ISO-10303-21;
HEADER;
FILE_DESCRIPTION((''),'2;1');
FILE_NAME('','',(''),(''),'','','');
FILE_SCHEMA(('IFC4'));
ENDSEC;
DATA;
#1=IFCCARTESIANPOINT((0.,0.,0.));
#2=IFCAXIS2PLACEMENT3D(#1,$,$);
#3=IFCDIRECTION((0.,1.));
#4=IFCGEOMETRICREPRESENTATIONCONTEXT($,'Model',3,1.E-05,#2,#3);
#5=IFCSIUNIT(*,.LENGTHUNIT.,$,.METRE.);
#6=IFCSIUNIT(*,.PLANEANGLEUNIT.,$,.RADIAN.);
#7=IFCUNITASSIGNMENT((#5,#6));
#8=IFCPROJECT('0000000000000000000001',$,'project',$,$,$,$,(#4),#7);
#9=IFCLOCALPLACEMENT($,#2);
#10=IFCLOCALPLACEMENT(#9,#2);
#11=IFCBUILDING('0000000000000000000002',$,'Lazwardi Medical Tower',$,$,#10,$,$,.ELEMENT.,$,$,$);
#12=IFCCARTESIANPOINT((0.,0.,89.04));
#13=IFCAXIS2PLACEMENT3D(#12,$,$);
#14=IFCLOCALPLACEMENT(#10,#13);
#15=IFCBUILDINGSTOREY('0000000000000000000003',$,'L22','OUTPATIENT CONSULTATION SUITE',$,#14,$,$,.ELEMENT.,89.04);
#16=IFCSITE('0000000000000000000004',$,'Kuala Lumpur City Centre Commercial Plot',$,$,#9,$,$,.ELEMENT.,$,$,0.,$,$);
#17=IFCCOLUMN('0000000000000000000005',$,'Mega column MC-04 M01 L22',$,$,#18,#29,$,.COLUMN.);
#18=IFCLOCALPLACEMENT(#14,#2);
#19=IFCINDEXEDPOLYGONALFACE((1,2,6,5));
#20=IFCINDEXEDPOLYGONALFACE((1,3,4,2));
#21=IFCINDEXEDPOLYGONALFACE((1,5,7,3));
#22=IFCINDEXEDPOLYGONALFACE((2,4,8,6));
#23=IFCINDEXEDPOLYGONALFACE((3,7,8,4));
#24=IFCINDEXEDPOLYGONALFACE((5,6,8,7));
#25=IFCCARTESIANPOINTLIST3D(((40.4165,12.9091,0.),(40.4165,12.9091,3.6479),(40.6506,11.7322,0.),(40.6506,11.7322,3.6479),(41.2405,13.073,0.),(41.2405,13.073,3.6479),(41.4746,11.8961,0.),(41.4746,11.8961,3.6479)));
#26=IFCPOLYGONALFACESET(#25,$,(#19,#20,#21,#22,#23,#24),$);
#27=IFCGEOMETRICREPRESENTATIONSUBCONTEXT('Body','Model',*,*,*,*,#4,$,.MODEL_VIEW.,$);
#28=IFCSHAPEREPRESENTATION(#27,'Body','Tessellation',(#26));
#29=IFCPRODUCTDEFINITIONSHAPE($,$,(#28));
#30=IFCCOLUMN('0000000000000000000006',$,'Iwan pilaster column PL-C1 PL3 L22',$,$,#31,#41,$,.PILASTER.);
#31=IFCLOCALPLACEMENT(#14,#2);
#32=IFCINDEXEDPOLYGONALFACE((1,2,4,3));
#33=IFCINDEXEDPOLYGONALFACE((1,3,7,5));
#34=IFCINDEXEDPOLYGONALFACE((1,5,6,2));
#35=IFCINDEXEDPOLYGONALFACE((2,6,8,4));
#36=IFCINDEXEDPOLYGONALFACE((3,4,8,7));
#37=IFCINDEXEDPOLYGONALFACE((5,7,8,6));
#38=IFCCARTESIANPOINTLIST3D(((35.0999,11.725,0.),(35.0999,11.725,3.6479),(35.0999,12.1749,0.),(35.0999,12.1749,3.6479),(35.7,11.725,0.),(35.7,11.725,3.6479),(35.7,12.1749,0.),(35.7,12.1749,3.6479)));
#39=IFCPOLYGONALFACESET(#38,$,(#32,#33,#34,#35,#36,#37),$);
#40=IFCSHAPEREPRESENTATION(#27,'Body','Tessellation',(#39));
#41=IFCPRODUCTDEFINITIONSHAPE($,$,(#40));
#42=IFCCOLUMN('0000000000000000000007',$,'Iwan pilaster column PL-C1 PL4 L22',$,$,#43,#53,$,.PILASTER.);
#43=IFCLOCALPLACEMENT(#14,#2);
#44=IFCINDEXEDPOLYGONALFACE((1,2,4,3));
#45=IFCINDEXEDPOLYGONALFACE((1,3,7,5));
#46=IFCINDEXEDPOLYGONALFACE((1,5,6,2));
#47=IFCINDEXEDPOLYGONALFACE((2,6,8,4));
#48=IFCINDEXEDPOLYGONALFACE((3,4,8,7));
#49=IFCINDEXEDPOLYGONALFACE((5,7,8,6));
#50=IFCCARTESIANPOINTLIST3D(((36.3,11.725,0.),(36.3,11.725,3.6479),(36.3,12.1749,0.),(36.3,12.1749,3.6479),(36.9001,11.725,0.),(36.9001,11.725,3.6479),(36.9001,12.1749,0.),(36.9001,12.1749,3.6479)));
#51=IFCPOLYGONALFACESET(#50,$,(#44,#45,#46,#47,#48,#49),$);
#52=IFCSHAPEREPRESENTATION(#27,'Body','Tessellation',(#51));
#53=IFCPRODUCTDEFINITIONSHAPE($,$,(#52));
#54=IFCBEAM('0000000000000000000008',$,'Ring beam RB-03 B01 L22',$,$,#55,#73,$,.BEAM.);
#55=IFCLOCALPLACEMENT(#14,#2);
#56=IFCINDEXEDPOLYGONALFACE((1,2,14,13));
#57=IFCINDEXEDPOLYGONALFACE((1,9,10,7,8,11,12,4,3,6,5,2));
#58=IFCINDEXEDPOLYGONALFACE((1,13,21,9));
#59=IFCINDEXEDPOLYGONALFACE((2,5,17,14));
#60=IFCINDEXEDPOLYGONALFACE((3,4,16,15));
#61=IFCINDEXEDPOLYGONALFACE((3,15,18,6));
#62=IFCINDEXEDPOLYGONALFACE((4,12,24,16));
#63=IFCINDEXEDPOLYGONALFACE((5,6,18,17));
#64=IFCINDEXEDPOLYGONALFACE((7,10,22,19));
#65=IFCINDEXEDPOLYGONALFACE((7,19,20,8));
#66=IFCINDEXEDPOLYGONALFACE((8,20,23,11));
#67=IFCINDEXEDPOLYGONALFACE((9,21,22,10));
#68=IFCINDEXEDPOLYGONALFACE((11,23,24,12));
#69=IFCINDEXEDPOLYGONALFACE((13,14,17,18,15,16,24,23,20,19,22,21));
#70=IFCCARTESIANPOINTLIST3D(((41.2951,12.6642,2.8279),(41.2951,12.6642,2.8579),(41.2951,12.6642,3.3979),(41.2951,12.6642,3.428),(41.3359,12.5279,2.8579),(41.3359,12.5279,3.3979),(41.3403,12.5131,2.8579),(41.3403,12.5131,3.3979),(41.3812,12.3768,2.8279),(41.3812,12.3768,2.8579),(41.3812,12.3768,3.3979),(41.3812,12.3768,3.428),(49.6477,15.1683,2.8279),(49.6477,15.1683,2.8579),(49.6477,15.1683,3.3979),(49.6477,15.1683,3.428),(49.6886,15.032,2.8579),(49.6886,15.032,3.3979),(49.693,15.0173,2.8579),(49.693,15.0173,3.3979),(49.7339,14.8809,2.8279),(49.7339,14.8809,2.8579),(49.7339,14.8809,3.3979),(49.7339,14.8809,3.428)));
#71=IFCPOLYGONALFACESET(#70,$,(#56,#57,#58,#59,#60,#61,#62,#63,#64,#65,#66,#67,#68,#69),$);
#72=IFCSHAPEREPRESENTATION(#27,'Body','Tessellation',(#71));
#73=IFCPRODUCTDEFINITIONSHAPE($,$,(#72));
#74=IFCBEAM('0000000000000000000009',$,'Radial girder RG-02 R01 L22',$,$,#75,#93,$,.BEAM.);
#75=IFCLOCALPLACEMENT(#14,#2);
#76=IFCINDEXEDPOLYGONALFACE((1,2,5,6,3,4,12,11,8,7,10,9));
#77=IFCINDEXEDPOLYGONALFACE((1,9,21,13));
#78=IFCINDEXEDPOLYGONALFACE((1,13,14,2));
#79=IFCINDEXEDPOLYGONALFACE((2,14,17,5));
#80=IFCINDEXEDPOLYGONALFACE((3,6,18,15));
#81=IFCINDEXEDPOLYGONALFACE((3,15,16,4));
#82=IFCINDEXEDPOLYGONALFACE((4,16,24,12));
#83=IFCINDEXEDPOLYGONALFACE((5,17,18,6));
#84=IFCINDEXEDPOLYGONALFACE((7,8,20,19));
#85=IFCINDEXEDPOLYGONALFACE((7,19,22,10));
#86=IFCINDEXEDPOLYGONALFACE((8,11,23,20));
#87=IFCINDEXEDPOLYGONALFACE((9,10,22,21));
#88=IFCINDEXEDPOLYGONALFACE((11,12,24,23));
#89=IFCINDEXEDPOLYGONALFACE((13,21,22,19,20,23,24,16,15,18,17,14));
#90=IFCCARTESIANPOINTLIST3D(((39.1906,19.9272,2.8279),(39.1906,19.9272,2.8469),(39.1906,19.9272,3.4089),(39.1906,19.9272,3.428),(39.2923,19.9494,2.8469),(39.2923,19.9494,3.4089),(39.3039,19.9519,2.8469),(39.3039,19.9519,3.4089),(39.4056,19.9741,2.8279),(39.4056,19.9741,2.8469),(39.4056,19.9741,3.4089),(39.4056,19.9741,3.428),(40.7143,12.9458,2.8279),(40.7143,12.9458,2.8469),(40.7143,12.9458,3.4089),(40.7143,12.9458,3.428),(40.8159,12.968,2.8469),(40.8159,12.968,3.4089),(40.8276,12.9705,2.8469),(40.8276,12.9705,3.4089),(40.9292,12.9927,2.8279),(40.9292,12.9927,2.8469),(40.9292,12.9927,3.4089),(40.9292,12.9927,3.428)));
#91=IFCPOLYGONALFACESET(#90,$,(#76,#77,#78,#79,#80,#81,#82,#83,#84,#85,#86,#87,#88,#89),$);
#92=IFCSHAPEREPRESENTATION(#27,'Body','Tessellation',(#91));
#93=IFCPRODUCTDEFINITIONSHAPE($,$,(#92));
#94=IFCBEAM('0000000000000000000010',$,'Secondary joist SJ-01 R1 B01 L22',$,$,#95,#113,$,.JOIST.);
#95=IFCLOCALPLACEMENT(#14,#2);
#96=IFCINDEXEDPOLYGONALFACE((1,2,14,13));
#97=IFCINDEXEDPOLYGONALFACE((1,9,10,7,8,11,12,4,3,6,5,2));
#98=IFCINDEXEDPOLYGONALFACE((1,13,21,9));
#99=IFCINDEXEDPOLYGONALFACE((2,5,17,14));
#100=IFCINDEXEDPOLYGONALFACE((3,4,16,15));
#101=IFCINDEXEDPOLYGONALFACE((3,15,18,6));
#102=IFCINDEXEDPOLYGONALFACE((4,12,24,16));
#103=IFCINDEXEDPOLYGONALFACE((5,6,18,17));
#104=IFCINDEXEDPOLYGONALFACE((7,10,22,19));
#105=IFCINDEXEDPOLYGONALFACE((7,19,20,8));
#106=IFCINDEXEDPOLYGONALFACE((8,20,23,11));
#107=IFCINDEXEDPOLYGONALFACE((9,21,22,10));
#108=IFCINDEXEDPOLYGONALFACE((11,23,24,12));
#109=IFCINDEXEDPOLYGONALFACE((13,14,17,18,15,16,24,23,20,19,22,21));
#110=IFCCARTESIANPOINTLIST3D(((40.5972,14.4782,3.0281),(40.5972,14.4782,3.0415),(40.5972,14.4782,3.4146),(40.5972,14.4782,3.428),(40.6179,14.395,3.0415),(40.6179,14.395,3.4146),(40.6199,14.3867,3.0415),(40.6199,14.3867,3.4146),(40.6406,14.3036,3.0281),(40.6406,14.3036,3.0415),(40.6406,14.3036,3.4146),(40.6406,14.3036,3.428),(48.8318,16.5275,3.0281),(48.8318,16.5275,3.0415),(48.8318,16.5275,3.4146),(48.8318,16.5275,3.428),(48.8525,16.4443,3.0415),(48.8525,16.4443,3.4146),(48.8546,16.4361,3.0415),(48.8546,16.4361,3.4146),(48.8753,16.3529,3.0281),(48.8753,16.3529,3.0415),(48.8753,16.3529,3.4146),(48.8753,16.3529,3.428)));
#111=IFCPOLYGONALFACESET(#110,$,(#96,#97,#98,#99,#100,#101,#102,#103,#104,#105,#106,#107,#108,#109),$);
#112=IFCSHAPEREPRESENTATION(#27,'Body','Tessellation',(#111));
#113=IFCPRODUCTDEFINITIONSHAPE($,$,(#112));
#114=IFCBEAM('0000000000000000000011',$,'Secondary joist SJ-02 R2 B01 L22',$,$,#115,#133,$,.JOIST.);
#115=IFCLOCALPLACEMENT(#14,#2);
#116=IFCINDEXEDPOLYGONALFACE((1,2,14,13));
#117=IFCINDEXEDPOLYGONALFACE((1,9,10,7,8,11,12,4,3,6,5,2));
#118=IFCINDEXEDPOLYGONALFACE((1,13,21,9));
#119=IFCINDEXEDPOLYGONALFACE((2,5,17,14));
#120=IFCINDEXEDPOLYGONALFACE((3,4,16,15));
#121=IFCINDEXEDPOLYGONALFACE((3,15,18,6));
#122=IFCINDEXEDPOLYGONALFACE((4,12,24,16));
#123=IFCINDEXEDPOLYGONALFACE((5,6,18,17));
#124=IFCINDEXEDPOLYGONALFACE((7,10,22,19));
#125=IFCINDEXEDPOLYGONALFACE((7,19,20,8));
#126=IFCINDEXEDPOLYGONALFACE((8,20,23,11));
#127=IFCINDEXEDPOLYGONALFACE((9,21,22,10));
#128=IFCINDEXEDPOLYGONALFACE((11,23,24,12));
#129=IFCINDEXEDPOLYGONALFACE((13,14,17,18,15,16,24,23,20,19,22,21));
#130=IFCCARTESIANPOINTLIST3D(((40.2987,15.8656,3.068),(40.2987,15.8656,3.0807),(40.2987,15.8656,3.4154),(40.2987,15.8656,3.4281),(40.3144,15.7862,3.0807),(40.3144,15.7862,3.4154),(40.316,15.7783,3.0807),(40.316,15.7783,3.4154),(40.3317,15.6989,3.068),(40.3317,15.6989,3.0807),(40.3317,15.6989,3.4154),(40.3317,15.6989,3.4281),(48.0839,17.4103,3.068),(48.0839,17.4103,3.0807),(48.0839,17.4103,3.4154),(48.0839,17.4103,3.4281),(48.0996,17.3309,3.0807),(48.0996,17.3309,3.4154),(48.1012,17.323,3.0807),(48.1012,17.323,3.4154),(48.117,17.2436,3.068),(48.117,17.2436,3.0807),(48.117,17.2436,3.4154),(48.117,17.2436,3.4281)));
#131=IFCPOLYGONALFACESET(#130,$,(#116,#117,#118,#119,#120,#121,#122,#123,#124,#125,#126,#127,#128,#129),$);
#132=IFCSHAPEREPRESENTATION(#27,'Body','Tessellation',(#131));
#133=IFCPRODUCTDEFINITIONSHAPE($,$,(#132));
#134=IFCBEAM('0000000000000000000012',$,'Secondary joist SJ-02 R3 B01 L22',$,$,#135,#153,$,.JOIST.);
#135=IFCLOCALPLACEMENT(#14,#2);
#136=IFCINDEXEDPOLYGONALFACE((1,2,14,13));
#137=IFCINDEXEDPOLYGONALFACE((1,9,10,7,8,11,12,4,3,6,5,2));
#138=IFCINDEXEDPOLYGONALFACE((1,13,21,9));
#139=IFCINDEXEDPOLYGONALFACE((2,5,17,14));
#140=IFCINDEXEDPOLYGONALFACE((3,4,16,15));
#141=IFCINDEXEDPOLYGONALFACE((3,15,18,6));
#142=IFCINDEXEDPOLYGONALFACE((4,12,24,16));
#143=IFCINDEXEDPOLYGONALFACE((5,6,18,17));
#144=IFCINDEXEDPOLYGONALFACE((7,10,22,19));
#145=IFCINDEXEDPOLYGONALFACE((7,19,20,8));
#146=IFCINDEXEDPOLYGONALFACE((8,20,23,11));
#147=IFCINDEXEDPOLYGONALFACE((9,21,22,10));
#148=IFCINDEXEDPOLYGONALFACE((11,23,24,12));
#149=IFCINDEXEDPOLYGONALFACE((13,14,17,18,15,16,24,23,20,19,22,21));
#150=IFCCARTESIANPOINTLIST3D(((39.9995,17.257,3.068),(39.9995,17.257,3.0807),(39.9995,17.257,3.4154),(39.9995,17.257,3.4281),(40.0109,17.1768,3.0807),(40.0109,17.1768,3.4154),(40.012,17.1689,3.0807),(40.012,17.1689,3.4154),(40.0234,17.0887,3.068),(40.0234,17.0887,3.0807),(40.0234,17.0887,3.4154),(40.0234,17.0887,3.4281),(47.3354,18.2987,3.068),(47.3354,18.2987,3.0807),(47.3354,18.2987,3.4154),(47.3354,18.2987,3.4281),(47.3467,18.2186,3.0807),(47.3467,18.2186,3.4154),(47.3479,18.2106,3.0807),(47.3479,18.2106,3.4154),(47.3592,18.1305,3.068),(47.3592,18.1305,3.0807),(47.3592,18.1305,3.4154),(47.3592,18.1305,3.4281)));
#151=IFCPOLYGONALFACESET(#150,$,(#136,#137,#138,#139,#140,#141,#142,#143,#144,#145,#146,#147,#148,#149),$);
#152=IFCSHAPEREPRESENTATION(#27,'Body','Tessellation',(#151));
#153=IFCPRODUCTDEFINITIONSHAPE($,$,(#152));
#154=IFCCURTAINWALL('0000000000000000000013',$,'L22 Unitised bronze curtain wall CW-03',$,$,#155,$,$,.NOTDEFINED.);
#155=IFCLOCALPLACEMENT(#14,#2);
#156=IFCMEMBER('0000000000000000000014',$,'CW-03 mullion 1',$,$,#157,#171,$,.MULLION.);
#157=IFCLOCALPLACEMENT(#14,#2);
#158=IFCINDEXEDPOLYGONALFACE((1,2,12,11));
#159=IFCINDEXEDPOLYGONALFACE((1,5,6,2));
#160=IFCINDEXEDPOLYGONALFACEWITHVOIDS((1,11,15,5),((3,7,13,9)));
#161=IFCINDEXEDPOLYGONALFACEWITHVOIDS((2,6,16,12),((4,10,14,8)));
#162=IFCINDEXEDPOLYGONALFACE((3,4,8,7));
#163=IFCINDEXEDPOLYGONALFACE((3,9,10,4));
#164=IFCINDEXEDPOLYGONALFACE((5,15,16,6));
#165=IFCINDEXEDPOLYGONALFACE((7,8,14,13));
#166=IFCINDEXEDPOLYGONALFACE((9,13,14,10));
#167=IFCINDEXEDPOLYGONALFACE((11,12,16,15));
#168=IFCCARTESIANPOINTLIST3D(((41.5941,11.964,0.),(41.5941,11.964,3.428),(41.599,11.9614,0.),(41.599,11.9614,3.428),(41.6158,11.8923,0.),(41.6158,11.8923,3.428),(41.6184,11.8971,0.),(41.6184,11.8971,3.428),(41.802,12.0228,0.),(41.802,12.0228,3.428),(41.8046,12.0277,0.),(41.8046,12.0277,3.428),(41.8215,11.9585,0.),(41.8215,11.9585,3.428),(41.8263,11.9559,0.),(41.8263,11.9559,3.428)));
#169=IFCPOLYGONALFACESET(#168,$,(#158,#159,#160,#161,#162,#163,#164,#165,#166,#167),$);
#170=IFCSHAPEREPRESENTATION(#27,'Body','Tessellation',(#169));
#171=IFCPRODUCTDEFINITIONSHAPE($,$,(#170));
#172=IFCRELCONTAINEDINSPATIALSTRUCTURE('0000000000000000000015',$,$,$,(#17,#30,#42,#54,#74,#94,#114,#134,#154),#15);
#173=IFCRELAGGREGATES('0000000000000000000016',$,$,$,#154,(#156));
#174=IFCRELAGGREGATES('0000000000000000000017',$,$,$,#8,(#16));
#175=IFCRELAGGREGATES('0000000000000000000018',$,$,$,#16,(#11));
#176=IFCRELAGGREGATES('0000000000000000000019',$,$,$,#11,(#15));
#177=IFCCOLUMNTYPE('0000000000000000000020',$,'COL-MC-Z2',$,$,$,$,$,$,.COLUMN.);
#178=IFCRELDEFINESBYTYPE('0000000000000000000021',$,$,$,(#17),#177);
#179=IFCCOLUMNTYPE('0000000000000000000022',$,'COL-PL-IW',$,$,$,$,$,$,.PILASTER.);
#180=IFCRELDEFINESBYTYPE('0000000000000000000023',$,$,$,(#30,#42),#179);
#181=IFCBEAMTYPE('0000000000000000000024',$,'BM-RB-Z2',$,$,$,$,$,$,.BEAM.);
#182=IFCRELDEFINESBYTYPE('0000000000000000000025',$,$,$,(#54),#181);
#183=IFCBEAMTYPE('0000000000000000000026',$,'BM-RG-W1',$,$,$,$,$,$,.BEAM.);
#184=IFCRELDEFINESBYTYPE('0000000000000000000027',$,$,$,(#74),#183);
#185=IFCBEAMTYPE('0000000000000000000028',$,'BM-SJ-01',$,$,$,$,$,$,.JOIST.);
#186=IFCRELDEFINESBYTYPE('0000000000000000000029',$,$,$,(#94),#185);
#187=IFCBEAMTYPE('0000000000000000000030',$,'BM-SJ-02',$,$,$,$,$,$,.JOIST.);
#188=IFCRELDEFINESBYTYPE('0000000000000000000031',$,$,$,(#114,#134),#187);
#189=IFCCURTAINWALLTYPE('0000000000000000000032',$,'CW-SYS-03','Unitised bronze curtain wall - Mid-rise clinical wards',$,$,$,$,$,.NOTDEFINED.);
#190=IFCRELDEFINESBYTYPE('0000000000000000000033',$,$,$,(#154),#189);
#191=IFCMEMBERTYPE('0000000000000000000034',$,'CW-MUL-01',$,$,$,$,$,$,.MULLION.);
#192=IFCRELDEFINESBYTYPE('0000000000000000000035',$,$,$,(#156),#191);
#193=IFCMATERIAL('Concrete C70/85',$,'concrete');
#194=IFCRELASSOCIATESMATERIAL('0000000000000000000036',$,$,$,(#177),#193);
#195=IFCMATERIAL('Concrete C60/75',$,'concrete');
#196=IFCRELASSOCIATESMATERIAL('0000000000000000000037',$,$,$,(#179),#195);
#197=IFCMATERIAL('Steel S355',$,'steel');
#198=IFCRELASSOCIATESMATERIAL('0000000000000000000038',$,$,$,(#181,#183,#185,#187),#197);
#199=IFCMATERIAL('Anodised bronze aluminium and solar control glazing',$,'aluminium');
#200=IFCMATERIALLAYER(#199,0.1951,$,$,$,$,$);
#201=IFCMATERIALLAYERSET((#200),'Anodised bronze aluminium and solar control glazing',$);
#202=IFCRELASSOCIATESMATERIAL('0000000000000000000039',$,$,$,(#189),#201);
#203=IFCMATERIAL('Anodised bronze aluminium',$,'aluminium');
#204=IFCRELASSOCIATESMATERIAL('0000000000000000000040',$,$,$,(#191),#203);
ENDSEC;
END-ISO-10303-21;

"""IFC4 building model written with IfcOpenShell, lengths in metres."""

from ifc_helpers import new_model, si_unit, direction, frame, origin, origin_2d, place, context, subcontext, project, spatial, rectangle, hollow_rectangle, i_section, extrude, material, layer, layer_set, material_profile, profile_set, type_object, element, aggregate, save


model = new_model("IFC4")

# Units and contexts
model_context = context("Model", 3, precision=1e-05, world=origin(), true_north=direction((0.0, 1.0)))
body_context = subcontext(model_context, "Body", "Model", "MODEL_VIEW")
ifc_project = project(units=[si_unit("LENGTHUNIT", "METRE"), si_unit("PLANEANGLEUNIT", "RADIAN")], contexts=[model_context])

# Site, building, storey
site_placement = place(None, origin())
site = spatial("IfcSite", under=ifc_project, at=site_placement, Name="Kuala Lumpur City Centre Commercial Plot", CompositionType="ELEMENT", RefElevation=0.0)
building_placement = place(site_placement, origin())
building = spatial("IfcBuilding", under=site, at=building_placement, Name="Lazwardi Medical Tower", CompositionType="ELEMENT")
storey_placement = place(building_placement, frame((0.0, 0.0, 89.04)))
storey = spatial("IfcBuildingStorey", under=building, at=storey_placement, Name="L22", Description="OUTPATIENT CONSULTATION SUITE", CompositionType="ELEMENT", Elevation=89.04)

# Columns
ifc_material_1 = material(Name="Concrete C70/85", Category="concrete")
ifc_material_profile_1 = material_profile(ifc_material_1, rectangle(XDim=1.2, YDim=0.8401, at=origin_2d()), Name="CFT-RECT 1200x840")
ifc_profile_set_1 = profile_set([ifc_material_profile_1], Name="Concrete C70/85")
column_type_1 = type_object("IfcColumnType", Name="COL-MC-Z2", PredefinedType="COLUMN", material=ifc_profile_set_1)
column_placement = place(storey_placement, frame((40.9456, 12.4026, 0.0), z_axis=(0.0, 0.0, 1.0), x_axis=(0.19509, -0.980785, 0.0)))
element("IfcColumn", 1, at=column_placement, inside=storey, type_object=column_type_1, Name="Mega column MC-04 M01 L22", PredefinedType="COLUMN", context=body_context, shape_type="SweptSolid", body=[
    extrude(rectangle(XDim=1.2, YDim=0.8401, at=origin_2d()), origin(), (0.0, 0.0, 1.0), 3.6479),
])
ifc_material_2 = material(Name="Concrete C60/75", Category="concrete")
ifc_material_profile_2 = material_profile(ifc_material_2, rectangle(XDim=0.6001, YDim=0.45, at=origin_2d()), Name="RC 600x450")
ifc_profile_set_2 = profile_set([ifc_material_profile_2], Name="Concrete C60/75")
column_type_2 = type_object("IfcColumnType", Name="COL-PL-IW", PredefinedType="PILASTER", material=ifc_profile_set_2)
for number, where, z_axis, x_axis, name in (
    (2, (35.3999, 11.95, 0.0), (0.0, 0.0, 1.0), (1.0, 0.0, 0.0), "Iwan pilaster column PL-C1 PL3 L22"),
    (3, (36.6001, 11.95, 0.0), (0.0, 0.0, 1.0), (1.0, 0.0, 0.0), "Iwan pilaster column PL-C1 PL4 L22"),
):
    element("IfcColumn", number, at=place(storey_placement, frame(where, z_axis=z_axis, x_axis=x_axis)), inside=storey, type_object=column_type_2, Name=name, PredefinedType="PILASTER", context=body_context, shape_type="SweptSolid", body=[
        extrude(rectangle(XDim=0.6001, YDim=0.45, at=origin_2d()), origin(), (0.0, 0.0, 1.0), 3.6479),
    ])

# Beams
ifc_material_3 = material(Name="Steel S355", Category="steel")
ifc_material_profile_3 = material_profile(ifc_material_3, i_section(OverallWidth=0.3, OverallDepth=0.6001, WebThickness=0.0154, FlangeThickness=0.03, at=origin_2d()), Name="HEB 600")
ifc_profile_set_3 = profile_set([ifc_material_profile_3], Name="Steel S355")
beam_type_1 = type_object("IfcBeamType", Name="BM-RB-Z2", PredefinedType="BEAM", material=ifc_profile_set_3)
beam_1_placement = place(storey_placement, frame((41.3381, 12.5205, 3.1279), z_axis=(0.957879, 0.287171, 0.0), x_axis=(-0.287171, 0.957879, 0.0)))
element("IfcBeam", 4, at=beam_1_placement, inside=storey, type_object=beam_type_1, Name="Ring beam RB-03 B01 L22", PredefinedType="BEAM", context=body_context, shape_type="SweptSolid", body=[
    extrude(i_section(OverallWidth=0.3, OverallDepth=0.6001, WebThickness=0.0154, FlangeThickness=0.03, at=origin_2d()), origin(), (0.0, 0.0, 1.0), 8.72),
])
ifc_material_profile_4 = material_profile(ifc_material_3, i_section(OverallWidth=0.22, OverallDepth=0.6001, WebThickness=0.012, FlangeThickness=0.019, at=origin_2d()), Name="IPE 600")
ifc_profile_set_4 = profile_set([ifc_material_profile_4], Name="Steel S355")
beam_type_2 = type_object("IfcBeamType", Name="BM-RG-W1", PredefinedType="BEAM", material=ifc_profile_set_4)
beam_2_placement = place(storey_placement, frame((40.8218, 12.9692, 3.1279), z_axis=(-0.213228, 0.977002, 0.0), x_axis=(-0.977002, -0.213228, 0.0)))
element("IfcBeam", 5, at=beam_2_placement, inside=storey, type_object=beam_type_2, Name="Radial girder RG-02 R01 L22", PredefinedType="BEAM", context=body_context, shape_type="SweptSolid", body=[
    extrude(i_section(OverallWidth=0.22, OverallDepth=0.6001, WebThickness=0.012, FlangeThickness=0.019, at=origin_2d()), origin(), (0.0, 0.0, 1.0), 7.1458),
])
ifc_material_profile_5 = material_profile(ifc_material_3, i_section(OverallWidth=0.1799, OverallDepth=0.3999, WebThickness=0.0085, FlangeThickness=0.0134, at=origin_2d()), Name="IPE 400")
ifc_profile_set_5 = profile_set([ifc_material_profile_5], Name="Steel S355")
beam_type_3 = type_object("IfcBeamType", Name="BM-SJ-01", PredefinedType="JOIST", material=ifc_profile_set_5)
beam_3_placement = place(storey_placement, frame((40.6189, 14.3909, 3.228), z_axis=(0.970401, 0.2415, 0.0), x_axis=(-0.2415, 0.970401, 0.0)))
element("IfcBeam", 6, at=beam_3_placement, inside=storey, type_object=beam_type_3, Name="Secondary joist SJ-01 R1 B01 L22", PredefinedType="JOIST", context=body_context, shape_type="SweptSolid", body=[
    extrude(i_section(OverallWidth=0.1799, OverallDepth=0.3999, WebThickness=0.0085, FlangeThickness=0.0134, at=origin_2d()), origin(), (0.0, 0.0, 1.0), 8.4858),
])
ifc_material_profile_6 = material_profile(ifc_material_3, i_section(OverallWidth=0.1699, OverallDepth=0.3601, WebThickness=0.0081, FlangeThickness=0.0127, at=origin_2d()), Name="IPE 360")
ifc_profile_set_6 = profile_set([ifc_material_profile_6], Name="Steel S355")
beam_type_4 = type_object("IfcBeamType", Name="BM-SJ-02", PredefinedType="JOIST", material=ifc_profile_set_6)
beam_4_placement = place(storey_placement, frame((40.3152, 15.7822, 3.248), z_axis=(0.980879, 0.194619, 0.0), x_axis=(-0.194619, 0.980879, 0.0)))
element("IfcBeam", 7, at=beam_4_placement, inside=storey, type_object=beam_type_4, Name="Secondary joist SJ-02 R2 B01 L22", PredefinedType="JOIST", context=body_context, shape_type="SweptSolid", body=[
    extrude(i_section(OverallWidth=0.1699, OverallDepth=0.3601, WebThickness=0.0081, FlangeThickness=0.0127, at=origin_2d()), origin(), (0.0, 0.0, 1.0), 7.937),
])
beam_5_placement = place(storey_placement, frame((40.0115, 17.1729, 3.248), z_axis=(0.990067, 0.140596, 0.0), x_axis=(-0.140596, 0.990067, 0.0)))
element("IfcBeam", 8, at=beam_5_placement, inside=storey, type_object=beam_type_4, Name="Secondary joist SJ-02 R3 B01 L22", PredefinedType="JOIST", context=body_context, shape_type="SweptSolid", body=[
    extrude(i_section(OverallWidth=0.1699, OverallDepth=0.3601, WebThickness=0.0081, FlangeThickness=0.0127, at=origin_2d()), origin(), (0.0, 0.0, 1.0), 7.4094),
])

# Curtain wall, member
ifc_material_4 = material(Name="Anodised bronze aluminium and solar control glazing", Category="aluminium")
ifc_layer_1 = layer(ifc_material_4, 0.1951)
ifc_layer_set_1 = layer_set([ifc_layer_1], Name="Anodised bronze aluminium and solar control glazing")
curtain_wall_type = type_object("IfcCurtainWallType", Name="CW-SYS-03", Description="Unitised bronze curtain wall - Mid-rise clinical wards", PredefinedType="NOTDEFINED", material=ifc_layer_set_1)
curtain_wall_placement = place(storey_placement, origin())
curtain_wall = element("IfcCurtainWall", 9, at=curtain_wall_placement, inside=storey, type_object=curtain_wall_type, Name="L22 Unitised bronze curtain wall CW-03", PredefinedType="NOTDEFINED")
ifc_material_5 = material(Name="Anodised bronze aluminium", Category="aluminium")
ifc_material_profile_7 = material_profile(ifc_material_5, hollow_rectangle(XDim=0.075, YDim=0.22, WallThickness=0.0039, at=origin_2d()), Name="ALU-MULLION 220x75x4")
ifc_profile_set_7 = profile_set([ifc_material_profile_7], Name="Anodised bronze aluminium")
member_type_1 = type_object("IfcMemberType", Name="CW-MUL-01", PredefinedType="MULLION", material=ifc_profile_set_7)
member_1_placement = place(storey_placement, frame((41.7102, 11.96, 0.0), z_axis=(0.0, 0.0, 1.0), x_axis=(-0.289374, 0.957216, 0.0)))
member_1 = element("IfcMember", 10, at=member_1_placement, type_object=member_type_1, Name="CW-03 mullion 1", PredefinedType="MULLION", context=body_context, shape_type="SweptSolid", body=[
    extrude(hollow_rectangle(XDim=0.075, YDim=0.22, WallThickness=0.0039, at=origin_2d()), origin(), (0.0, 0.0, 1.0), 3.428),
])
aggregate(curtain_wall, [member_1])

save(model, "model.ifc")
